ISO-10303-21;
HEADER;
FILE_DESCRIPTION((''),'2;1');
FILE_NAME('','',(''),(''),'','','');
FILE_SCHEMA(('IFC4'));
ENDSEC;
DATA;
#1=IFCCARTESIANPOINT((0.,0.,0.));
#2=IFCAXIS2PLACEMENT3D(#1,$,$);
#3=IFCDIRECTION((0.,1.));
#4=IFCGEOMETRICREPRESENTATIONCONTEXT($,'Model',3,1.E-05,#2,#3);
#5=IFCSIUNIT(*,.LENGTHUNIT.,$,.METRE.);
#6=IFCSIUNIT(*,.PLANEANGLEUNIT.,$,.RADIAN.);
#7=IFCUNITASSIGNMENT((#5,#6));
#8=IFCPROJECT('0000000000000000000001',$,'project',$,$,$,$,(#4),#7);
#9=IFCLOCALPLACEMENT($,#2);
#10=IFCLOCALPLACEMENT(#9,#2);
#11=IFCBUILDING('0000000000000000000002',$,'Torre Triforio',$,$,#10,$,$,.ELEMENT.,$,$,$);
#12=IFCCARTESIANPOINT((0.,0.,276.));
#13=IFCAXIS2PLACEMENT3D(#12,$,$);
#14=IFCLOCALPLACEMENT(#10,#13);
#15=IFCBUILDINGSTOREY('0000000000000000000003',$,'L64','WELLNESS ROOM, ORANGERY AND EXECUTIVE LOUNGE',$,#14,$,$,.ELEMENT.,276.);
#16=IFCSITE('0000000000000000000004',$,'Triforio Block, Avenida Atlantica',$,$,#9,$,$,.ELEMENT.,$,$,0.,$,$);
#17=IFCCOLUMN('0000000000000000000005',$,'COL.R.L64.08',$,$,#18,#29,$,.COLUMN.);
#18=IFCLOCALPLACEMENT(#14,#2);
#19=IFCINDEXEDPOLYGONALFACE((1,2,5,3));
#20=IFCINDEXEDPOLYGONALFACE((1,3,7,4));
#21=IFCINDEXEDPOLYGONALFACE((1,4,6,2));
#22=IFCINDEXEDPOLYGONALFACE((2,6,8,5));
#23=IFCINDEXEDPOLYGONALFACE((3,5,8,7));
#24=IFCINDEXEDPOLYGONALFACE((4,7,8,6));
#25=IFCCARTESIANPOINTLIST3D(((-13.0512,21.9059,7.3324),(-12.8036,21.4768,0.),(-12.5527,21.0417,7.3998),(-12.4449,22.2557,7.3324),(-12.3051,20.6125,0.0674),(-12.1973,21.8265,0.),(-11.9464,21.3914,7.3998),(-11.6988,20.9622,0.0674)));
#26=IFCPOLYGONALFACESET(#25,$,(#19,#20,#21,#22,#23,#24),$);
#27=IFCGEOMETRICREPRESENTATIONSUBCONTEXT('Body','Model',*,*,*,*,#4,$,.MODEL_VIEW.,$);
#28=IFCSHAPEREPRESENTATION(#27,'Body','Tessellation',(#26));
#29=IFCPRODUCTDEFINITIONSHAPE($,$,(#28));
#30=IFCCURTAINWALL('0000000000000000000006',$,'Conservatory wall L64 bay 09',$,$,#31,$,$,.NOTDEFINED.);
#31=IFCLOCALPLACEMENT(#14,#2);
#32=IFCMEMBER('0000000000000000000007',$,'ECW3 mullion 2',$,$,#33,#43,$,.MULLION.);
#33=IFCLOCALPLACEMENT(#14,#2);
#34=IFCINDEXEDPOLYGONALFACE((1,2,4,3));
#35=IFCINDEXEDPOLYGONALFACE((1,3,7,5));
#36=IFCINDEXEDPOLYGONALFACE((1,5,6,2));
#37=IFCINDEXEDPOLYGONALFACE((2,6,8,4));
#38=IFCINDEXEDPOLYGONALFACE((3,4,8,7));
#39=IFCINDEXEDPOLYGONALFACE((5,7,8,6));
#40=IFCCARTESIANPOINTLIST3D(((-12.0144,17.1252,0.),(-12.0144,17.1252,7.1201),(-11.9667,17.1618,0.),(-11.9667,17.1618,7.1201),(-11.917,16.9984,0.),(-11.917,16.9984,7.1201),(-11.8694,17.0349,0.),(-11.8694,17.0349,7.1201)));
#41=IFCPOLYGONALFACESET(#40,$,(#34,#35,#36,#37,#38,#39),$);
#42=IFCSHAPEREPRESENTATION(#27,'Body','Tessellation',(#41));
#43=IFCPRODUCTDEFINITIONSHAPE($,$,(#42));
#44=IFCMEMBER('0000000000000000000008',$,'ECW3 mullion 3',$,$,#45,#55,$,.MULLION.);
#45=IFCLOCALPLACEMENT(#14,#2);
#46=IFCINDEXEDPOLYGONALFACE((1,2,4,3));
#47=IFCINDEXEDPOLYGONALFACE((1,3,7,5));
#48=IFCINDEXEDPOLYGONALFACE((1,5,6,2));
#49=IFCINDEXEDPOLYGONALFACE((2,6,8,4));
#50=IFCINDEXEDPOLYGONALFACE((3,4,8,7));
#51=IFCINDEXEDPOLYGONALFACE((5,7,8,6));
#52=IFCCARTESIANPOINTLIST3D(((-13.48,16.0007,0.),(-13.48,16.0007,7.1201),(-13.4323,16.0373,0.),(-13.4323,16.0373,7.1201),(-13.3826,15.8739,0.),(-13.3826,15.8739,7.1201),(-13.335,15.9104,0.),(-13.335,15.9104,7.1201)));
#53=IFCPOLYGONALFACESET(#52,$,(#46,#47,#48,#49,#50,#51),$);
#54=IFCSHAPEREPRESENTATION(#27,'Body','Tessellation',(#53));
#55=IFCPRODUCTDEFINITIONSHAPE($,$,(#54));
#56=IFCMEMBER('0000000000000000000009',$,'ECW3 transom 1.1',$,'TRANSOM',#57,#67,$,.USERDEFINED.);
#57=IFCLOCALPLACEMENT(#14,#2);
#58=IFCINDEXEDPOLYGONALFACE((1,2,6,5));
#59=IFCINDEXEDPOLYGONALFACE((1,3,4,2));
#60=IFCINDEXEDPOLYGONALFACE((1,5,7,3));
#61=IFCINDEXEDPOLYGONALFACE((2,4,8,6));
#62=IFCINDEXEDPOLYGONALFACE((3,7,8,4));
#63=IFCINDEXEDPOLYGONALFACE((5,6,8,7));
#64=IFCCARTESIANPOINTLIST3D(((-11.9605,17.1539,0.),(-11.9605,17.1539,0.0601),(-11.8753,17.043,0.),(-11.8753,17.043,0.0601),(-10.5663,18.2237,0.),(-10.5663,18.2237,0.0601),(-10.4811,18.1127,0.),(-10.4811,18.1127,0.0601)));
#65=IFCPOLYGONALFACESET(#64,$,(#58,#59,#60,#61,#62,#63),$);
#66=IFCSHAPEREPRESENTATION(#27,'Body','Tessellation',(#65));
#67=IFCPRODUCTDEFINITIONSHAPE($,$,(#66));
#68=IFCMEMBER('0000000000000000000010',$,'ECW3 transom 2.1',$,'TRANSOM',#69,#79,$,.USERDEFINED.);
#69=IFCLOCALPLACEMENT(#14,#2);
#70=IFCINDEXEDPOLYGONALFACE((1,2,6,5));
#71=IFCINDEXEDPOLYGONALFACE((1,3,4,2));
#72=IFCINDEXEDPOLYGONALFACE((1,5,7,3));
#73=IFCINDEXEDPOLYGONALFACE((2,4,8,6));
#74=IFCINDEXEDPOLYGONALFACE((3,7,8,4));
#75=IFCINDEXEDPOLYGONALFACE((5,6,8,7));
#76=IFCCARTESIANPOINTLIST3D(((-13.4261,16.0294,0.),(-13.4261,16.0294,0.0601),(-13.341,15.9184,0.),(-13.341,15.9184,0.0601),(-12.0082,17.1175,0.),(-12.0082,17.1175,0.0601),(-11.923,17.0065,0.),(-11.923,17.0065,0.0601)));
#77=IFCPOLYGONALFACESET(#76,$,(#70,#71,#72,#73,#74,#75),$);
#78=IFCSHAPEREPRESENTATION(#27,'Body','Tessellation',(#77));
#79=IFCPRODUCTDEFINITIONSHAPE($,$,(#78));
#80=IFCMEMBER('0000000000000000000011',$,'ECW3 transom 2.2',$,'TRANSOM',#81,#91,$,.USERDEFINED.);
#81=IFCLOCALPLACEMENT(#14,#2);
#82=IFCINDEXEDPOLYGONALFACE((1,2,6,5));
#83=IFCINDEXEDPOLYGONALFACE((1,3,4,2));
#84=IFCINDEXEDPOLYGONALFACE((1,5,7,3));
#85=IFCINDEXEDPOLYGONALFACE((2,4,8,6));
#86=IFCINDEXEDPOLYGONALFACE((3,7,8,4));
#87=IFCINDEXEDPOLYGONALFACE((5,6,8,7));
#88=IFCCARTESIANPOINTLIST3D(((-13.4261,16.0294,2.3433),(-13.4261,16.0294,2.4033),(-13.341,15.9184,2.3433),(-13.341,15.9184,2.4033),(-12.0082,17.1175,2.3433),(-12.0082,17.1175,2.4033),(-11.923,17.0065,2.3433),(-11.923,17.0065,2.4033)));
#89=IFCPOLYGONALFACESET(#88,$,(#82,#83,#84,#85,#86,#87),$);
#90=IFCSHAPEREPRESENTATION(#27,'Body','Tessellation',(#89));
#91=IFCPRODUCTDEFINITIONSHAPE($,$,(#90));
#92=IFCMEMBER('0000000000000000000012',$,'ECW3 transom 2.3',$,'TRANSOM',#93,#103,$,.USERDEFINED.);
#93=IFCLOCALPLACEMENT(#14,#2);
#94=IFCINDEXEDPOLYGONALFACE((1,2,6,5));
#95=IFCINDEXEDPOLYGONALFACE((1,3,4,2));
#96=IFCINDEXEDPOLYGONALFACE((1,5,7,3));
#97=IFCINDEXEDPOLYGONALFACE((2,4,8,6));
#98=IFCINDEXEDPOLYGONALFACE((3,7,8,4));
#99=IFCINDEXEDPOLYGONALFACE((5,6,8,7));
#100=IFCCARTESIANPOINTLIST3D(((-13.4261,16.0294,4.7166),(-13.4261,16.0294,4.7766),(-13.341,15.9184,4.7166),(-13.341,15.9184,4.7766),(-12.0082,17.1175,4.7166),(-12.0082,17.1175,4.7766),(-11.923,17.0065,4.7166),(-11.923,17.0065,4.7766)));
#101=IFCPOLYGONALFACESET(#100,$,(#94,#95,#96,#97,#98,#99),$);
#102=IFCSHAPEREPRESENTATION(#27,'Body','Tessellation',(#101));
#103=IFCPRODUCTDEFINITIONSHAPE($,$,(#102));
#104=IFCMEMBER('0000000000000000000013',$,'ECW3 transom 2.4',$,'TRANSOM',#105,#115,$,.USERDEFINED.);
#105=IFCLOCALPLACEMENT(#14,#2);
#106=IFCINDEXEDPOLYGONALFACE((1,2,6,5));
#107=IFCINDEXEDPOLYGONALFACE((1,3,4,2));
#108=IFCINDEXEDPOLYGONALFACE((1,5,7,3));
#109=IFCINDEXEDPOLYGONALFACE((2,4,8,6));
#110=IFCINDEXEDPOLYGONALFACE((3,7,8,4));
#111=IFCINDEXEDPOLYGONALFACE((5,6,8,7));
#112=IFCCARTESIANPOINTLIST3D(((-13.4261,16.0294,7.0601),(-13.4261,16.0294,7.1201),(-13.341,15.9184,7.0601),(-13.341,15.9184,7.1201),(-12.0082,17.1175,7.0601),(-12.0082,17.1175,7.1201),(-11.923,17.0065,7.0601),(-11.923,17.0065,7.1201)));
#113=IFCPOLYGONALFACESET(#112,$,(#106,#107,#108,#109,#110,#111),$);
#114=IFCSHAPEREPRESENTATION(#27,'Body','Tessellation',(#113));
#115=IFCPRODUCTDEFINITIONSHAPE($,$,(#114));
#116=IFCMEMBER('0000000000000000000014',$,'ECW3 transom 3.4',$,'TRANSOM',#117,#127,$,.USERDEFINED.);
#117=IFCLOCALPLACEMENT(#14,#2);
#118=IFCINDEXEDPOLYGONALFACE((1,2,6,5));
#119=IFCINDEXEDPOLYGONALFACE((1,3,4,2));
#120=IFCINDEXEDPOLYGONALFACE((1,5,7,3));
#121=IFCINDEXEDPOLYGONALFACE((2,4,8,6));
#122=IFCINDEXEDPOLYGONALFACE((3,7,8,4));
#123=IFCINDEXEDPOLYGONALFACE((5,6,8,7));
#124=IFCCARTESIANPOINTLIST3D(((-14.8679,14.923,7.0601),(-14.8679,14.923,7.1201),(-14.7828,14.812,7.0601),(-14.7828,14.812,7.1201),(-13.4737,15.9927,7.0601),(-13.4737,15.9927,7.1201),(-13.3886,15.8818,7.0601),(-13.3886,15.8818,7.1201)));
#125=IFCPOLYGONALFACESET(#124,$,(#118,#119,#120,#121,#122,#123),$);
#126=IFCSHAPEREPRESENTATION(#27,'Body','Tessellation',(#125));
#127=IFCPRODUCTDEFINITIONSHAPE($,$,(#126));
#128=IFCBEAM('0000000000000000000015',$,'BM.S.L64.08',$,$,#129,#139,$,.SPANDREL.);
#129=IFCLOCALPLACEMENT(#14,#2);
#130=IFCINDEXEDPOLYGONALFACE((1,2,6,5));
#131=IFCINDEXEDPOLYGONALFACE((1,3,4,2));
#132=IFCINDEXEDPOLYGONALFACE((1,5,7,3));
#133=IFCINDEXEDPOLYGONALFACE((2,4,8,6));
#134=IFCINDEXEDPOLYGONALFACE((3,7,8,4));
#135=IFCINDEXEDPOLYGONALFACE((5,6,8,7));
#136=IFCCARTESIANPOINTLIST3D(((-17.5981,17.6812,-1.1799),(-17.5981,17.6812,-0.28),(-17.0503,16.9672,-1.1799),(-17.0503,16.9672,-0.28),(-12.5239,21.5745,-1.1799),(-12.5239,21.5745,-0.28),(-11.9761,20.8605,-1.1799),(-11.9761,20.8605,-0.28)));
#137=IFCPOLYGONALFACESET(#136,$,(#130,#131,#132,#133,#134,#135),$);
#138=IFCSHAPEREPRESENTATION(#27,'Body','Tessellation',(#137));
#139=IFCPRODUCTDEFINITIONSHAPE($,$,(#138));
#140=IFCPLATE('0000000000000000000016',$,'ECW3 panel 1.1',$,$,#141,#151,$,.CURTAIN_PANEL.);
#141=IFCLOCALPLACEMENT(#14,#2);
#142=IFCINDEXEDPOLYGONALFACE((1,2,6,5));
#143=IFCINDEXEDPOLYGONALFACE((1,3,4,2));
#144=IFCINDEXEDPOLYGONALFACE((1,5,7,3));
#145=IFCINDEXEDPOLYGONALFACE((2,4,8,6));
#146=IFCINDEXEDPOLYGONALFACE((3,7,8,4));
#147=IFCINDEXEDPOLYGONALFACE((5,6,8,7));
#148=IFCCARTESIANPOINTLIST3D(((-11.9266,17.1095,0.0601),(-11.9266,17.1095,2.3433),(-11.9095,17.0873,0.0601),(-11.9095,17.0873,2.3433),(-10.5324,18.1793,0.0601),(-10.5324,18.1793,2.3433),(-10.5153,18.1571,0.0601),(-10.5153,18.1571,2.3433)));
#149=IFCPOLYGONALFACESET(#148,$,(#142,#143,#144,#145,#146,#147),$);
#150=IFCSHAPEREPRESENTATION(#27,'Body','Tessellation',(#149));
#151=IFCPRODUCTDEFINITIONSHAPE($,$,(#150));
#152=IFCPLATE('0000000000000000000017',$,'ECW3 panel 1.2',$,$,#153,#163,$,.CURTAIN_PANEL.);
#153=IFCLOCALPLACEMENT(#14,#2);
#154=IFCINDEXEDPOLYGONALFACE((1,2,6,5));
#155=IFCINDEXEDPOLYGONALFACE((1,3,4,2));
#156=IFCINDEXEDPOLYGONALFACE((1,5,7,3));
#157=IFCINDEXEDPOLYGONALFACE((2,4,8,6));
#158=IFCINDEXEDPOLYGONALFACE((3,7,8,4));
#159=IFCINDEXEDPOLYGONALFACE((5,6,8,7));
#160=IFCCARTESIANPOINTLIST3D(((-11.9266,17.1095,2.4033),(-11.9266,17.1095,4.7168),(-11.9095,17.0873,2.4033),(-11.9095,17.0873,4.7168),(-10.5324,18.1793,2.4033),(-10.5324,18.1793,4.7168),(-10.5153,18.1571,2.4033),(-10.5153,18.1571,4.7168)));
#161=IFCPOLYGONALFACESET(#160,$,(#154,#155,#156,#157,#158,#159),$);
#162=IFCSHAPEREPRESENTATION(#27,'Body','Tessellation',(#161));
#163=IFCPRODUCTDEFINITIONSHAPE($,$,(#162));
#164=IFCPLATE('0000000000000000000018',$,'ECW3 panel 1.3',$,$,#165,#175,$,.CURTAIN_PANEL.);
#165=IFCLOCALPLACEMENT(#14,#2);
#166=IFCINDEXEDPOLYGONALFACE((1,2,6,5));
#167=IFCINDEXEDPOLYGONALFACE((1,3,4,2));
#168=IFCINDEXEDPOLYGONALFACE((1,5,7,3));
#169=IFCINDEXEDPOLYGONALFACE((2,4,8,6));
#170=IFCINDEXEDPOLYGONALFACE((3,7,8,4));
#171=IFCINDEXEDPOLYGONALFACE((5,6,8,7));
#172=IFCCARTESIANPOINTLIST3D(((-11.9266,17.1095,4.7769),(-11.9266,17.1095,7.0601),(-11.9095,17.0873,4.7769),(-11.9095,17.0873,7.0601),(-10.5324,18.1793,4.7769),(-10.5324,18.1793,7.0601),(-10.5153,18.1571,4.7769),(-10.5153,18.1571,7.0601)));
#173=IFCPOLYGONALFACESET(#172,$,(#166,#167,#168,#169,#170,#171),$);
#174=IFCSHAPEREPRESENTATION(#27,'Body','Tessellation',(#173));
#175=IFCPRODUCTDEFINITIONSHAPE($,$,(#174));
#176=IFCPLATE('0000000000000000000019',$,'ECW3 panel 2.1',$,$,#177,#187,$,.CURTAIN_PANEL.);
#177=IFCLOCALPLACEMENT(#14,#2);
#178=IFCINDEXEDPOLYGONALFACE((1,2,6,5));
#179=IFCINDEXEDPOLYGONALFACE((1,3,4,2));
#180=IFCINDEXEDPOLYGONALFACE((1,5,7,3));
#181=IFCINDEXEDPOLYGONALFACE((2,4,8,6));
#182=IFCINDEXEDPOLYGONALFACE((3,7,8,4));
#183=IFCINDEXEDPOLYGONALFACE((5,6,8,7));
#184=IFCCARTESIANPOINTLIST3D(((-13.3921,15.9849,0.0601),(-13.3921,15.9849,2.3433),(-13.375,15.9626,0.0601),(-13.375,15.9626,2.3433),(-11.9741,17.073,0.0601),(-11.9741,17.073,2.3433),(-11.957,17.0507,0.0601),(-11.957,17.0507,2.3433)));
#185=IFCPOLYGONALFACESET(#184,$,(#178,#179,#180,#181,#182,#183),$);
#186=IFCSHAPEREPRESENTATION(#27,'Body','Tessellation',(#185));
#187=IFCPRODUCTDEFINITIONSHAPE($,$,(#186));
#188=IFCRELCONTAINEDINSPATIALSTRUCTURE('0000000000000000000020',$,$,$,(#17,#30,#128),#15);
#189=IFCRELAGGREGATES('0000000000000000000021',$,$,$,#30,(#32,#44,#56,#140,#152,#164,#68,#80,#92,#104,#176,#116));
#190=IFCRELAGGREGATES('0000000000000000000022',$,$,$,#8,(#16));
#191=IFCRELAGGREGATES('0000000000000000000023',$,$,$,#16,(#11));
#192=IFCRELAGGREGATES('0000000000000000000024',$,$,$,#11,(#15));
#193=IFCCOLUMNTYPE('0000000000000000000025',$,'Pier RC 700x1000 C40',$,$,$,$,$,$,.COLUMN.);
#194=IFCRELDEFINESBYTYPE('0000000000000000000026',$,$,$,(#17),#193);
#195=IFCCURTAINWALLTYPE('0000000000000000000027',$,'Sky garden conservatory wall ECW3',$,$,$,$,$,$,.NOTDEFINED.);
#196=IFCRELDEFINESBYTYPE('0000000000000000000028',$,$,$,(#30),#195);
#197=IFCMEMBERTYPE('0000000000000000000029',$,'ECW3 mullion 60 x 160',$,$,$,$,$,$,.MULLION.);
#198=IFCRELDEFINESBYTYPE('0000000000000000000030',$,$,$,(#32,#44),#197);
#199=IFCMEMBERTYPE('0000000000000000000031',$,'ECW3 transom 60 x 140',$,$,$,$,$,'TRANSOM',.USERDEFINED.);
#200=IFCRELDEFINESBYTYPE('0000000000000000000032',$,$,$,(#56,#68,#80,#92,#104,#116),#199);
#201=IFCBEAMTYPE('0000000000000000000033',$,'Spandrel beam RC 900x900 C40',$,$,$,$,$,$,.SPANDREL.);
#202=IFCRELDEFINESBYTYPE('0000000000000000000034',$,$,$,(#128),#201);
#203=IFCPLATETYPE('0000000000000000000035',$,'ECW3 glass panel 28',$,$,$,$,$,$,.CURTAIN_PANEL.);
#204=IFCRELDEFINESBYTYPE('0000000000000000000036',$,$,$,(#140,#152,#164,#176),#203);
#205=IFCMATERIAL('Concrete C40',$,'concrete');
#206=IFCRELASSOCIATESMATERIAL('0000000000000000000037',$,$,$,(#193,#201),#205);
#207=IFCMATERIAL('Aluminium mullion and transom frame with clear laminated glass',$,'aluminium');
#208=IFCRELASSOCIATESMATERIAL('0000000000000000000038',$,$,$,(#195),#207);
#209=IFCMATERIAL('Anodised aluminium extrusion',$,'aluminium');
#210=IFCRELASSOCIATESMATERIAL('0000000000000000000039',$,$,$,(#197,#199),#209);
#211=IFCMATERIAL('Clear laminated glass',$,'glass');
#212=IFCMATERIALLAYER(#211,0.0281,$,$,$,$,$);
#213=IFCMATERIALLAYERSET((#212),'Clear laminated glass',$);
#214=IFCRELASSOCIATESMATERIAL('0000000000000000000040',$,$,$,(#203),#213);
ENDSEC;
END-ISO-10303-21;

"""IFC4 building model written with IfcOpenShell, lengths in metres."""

from ifc_helpers import new_model, si_unit, direction, frame, origin, origin_2d, place, context, subcontext, project, spatial, rectangle, extrude, material, layer, layer_set, material_profile, profile_set, type_object, element, aggregate, save


model = new_model("IFC4")

# Units and contexts
model_context = context("Model", 3, precision=1e-05, world=origin(), true_north=direction((0.0, 1.0)))
body_context = subcontext(model_context, "Body", "Model", "MODEL_VIEW")
ifc_project = project(units=[si_unit("LENGTHUNIT", "METRE"), si_unit("PLANEANGLEUNIT", "RADIAN")], contexts=[model_context])

# Site, building, storey
site_placement = place(None, origin())
site = spatial("IfcSite", under=ifc_project, at=site_placement, Name="Triforio Block, Avenida Atlantica", CompositionType="ELEMENT", RefElevation=0.0)
building_placement = place(site_placement, origin())
building = spatial("IfcBuilding", under=site, at=building_placement, Name="Torre Triforio", CompositionType="ELEMENT")
storey_placement = place(building_placement, frame((0.0, 0.0, 276.0)))
storey = spatial("IfcBuildingStorey", under=building, at=storey_placement, Name="L64", Description="WELLNESS ROOM, ORANGERY AND EXECUTIVE LOUNGE", CompositionType="ELEMENT", Elevation=276.0)

# Column
ifc_material_1 = material(Name="Concrete C40", Category="concrete")
ifc_material_profile_1 = material_profile(ifc_material_1, rectangle(XDim=0.7, YDim=1.0, at=origin_2d()), Name="RC 700x1000")
ifc_profile_set_1 = profile_set([ifc_material_profile_1], Name="Concrete C40")
column_type = type_object("IfcColumnType", Name="Pier RC 700x1000 C40", PredefinedType="COLUMN", material=ifc_profile_set_1)
column_placement = place(storey_placement, frame((-12.2512, 21.2195, 0.0337), z_axis=(-0.033685, 0.0584, 0.997725), x_axis=(-0.866235, -0.499637, 0.0)))
element("IfcColumn", 1, at=column_placement, inside=storey, type_object=column_type, Name="COL.R.L64.08", PredefinedType="COLUMN", context=body_context, shape_type="SweptSolid", body=[
    extrude(rectangle(XDim=0.7, YDim=1.0, at=origin_2d()), origin(), (0.0, 0.0, 1.0), 7.3491),
])

# Curtain wall, members
ifc_material_2 = material(Name="Aluminium mullion and transom frame with clear laminated glass", Category="aluminium")
curtain_wall_type = type_object("IfcCurtainWallType", Name="Sky garden conservatory wall ECW3", PredefinedType="NOTDEFINED", material=ifc_material_2)
curtain_wall_placement = place(storey_placement, origin())
curtain_wall = element("IfcCurtainWall", 2, at=curtain_wall_placement, inside=storey, type_object=curtain_wall_type, Name="Conservatory wall L64 bay 09", PredefinedType="NOTDEFINED")
ifc_material_3 = material(Name="Anodised aluminium extrusion", Category="aluminium")
ifc_material_profile_2 = material_profile(ifc_material_3, rectangle(XDim=0.1599, YDim=0.0601, at=origin_2d()), Name="ECW3 MULLION 60x160")
ifc_profile_set_2 = profile_set([ifc_material_profile_2], Name="Anodised aluminium extrusion")
member_type_1 = type_object("IfcMemberType", Name="ECW3 mullion 60 x 160", PredefinedType="MULLION", material=ifc_profile_set_2)
member_1_placement = place(storey_placement, frame((-11.9419, 17.0801, 0.0), z_axis=(0.0, 0.0, 1.0), x_axis=(0.608763, -0.793352, 0.0)))
member_1 = element("IfcMember", 3, at=member_1_placement, type_object=member_type_1, Name="ECW3 mullion 2", PredefinedType="MULLION", context=body_context, shape_type="SweptSolid", body=[
    extrude(rectangle(XDim=0.1599, YDim=0.0601, at=origin_2d()), origin(), (0.0, 0.0, 1.0), 7.1201),
])
member_2_placement = place(storey_placement, frame((-13.4075, 15.9556, 0.0), z_axis=(0.0, 0.0, 1.0), x_axis=(0.608763, -0.793352, 0.0)))
member_2 = element("IfcMember", 4, at=member_2_placement, type_object=member_type_1, Name="ECW3 mullion 3", PredefinedType="MULLION", context=body_context, shape_type="SweptSolid", body=[
    extrude(rectangle(XDim=0.1599, YDim=0.0601, at=origin_2d()), origin(), (0.0, 0.0, 1.0), 7.1201),
])
ifc_material_profile_3 = material_profile(ifc_material_3, rectangle(XDim=0.1399, YDim=0.0601, at=origin_2d()), Name="ECW3 TRANSOM 60x140")
ifc_profile_set_3 = profile_set([ifc_material_profile_3], Name="Anodised aluminium extrusion")
member_type_2 = type_object("IfcMemberType", Name="ECW3 transom 60 x 140", ElementType="TRANSOM", PredefinedType="USERDEFINED", material=ifc_profile_set_3)
member_3_placement = place(storey_placement, frame((-10.5237, 18.1682, 0.03), z_axis=(-0.793367, -0.608744, 0.0), x_axis=(0.608744, -0.793367, 0.0)))
member_3 = element("IfcMember", 5, at=member_3_placement, type_object=member_type_2, Name="ECW3 transom 1.1", ObjectType="TRANSOM", PredefinedType="USERDEFINED", context=body_context, shape_type="SweptSolid", body=[
    extrude(rectangle(XDim=0.1399, YDim=0.0601, at=origin_2d()), origin(), (0.0, 0.0, 1.0), 1.7573),
])
member_4_placement = place(storey_placement, frame((-11.9656, 17.062, 0.03), z_axis=(-0.793329, -0.608793, 0.0), x_axis=(0.608793, -0.793329, 0.0)))
member_4 = element("IfcMember", 6, at=member_4_placement, type_object=member_type_2, Name="ECW3 transom 2.1", ObjectType="TRANSOM", PredefinedType="USERDEFINED", context=body_context, shape_type="SweptSolid", body=[
    extrude(rectangle(XDim=0.1399, YDim=0.0601, at=origin_2d()), origin(), (0.0, 0.0, 1.0), 1.7874),
])
member_5_placement = place(storey_placement, frame((-11.9656, 17.062, 2.3733), z_axis=(-0.793329, -0.608793, 0.0), x_axis=(0.608793, -0.793329, 0.0)))
member_5 = element("IfcMember", 7, at=member_5_placement, type_object=member_type_2, Name="ECW3 transom 2.2", ObjectType="TRANSOM", PredefinedType="USERDEFINED", context=body_context, shape_type="SweptSolid", body=[
    extrude(rectangle(XDim=0.1399, YDim=0.0601, at=origin_2d()), origin(), (0.0, 0.0, 1.0), 1.7874),
])
member_6_placement = place(storey_placement, frame((-11.9656, 17.062, 4.7466), z_axis=(-0.793329, -0.608793, 0.0), x_axis=(0.608793, -0.793329, 0.0)))
member_6 = element("IfcMember", 8, at=member_6_placement, type_object=member_type_2, Name="ECW3 transom 2.3", ObjectType="TRANSOM", PredefinedType="USERDEFINED", context=body_context, shape_type="SweptSolid", body=[
    extrude(rectangle(XDim=0.1399, YDim=0.0601, at=origin_2d()), origin(), (0.0, 0.0, 1.0), 1.7874),
])
member_7_placement = place(storey_placement, frame((-11.9656, 17.062, 7.0901), z_axis=(-0.793329, -0.608793, 0.0), x_axis=(0.608793, -0.793329, 0.0)))
member_7 = element("IfcMember", 9, at=member_7_placement, type_object=member_type_2, Name="ECW3 transom 2.4", ObjectType="TRANSOM", PredefinedType="USERDEFINED", context=body_context, shape_type="SweptSolid", body=[
    extrude(rectangle(XDim=0.1399, YDim=0.0601, at=origin_2d()), origin(), (0.0, 0.0, 1.0), 1.7874),
])
member_8_placement = place(storey_placement, frame((-13.4312, 15.9373, 7.0901), z_axis=(-0.793367, -0.608744, 0.0), x_axis=(0.608744, -0.793367, 0.0)))
member_8 = element("IfcMember", 10, at=member_8_placement, type_object=member_type_2, Name="ECW3 transom 3.4", ObjectType="TRANSOM", PredefinedType="USERDEFINED", context=body_context, shape_type="SweptSolid", body=[
    extrude(rectangle(XDim=0.1399, YDim=0.0601, at=origin_2d()), origin(), (0.0, 0.0, 1.0), 1.7573),
])

# Beam
ifc_material_profile_4 = material_profile(ifc_material_1, rectangle(XDim=0.8999, YDim=0.8999, at=origin_2d()), Name="RC 900x900")
ifc_profile_set_4 = profile_set([ifc_material_profile_4], Name="Concrete C40")
beam_type = type_object("IfcBeamType", Name="Spandrel beam RC 900x900 C40", PredefinedType="SPANDREL", material=ifc_profile_set_4)
beam_placement = place(storey_placement, frame((-12.25, 21.2175, -0.73), z_axis=(-0.793374, -0.608734, 0.0), x_axis=(0.608734, -0.793374, 0.0)))
element("IfcBeam", 11, at=beam_placement, inside=storey, type_object=beam_type, Name="BM.S.L64.08", PredefinedType="SPANDREL", context=body_context, shape_type="SweptSolid", body=[
    extrude(rectangle(XDim=0.8999, YDim=0.8999, at=origin_2d()), origin(), (0.0, 0.0, 1.0), 6.3958),
])

# Plates
ifc_material_4 = material(Name="Clear laminated glass", Category="glass")
ifc_layer_1 = layer(ifc_material_4, 0.0281)
ifc_layer_set_1 = layer_set([ifc_layer_1], Name="Clear laminated glass")
plate_type = type_object("IfcPlateType", Name="ECW3 glass panel 28", PredefinedType="CURTAIN_PANEL", material=ifc_layer_set_1)
plate_1_placement = place(storey_placement, frame((-11.2209, 17.6333, 0.0601), z_axis=(0.0, 0.0, 1.0), x_axis=(-0.793352, -0.608763, 0.0)))
plate_1 = element("IfcPlate", 12, at=plate_1_placement, type_object=plate_type, Name="ECW3 panel 1.1", PredefinedType="CURTAIN_PANEL", context=body_context, shape_type="SweptSolid", body=[
    extrude(rectangle(XDim=1.7573, YDim=0.0281, at=origin_2d()), origin(), (0.0, 0.0, 1.0), 2.2832),
])
plate_2_placement = place(storey_placement, frame((-11.2209, 17.6333, 2.4033), z_axis=(0.0, 0.0, 1.0), x_axis=(-0.793352, -0.608763, 0.0)))
plate_2 = element("IfcPlate", 13, at=plate_2_placement, type_object=plate_type, Name="ECW3 panel 1.2", PredefinedType="CURTAIN_PANEL", context=body_context, shape_type="SweptSolid", body=[
    extrude(rectangle(XDim=1.7573, YDim=0.0281, at=origin_2d()), origin(), (0.0, 0.0, 1.0), 2.3135),
])
plate_3_placement = place(storey_placement, frame((-11.2209, 17.6333, 4.7769), z_axis=(0.0, 0.0, 1.0), x_axis=(-0.793352, -0.608763, 0.0)))
plate_3 = element("IfcPlate", 14, at=plate_3_placement, type_object=plate_type, Name="ECW3 panel 1.3", PredefinedType="CURTAIN_PANEL", context=body_context, shape_type="SweptSolid", body=[
    extrude(rectangle(XDim=1.7573, YDim=0.0281, at=origin_2d()), origin(), (0.0, 0.0, 1.0), 2.2832),
])
plate_4_placement = place(storey_placement, frame((-12.6746, 16.5178, 0.0601), z_axis=(0.0, 0.0, 1.0), x_axis=(-0.793352, -0.608763, 0.0)))
plate_4 = element("IfcPlate", 15, at=plate_4_placement, type_object=plate_type, Name="ECW3 panel 2.1", PredefinedType="CURTAIN_PANEL", context=body_context, shape_type="SweptSolid", body=[
    extrude(rectangle(XDim=1.7874, YDim=0.0281, at=origin_2d()), origin(), (0.0, 0.0, 1.0), 2.2832),
])
aggregate(curtain_wall, [member_1, member_2, member_3, plate_1, plate_2, plate_3, member_4, member_5, member_6, member_7, plate_4, member_8])

save(model, "model.ifc")
